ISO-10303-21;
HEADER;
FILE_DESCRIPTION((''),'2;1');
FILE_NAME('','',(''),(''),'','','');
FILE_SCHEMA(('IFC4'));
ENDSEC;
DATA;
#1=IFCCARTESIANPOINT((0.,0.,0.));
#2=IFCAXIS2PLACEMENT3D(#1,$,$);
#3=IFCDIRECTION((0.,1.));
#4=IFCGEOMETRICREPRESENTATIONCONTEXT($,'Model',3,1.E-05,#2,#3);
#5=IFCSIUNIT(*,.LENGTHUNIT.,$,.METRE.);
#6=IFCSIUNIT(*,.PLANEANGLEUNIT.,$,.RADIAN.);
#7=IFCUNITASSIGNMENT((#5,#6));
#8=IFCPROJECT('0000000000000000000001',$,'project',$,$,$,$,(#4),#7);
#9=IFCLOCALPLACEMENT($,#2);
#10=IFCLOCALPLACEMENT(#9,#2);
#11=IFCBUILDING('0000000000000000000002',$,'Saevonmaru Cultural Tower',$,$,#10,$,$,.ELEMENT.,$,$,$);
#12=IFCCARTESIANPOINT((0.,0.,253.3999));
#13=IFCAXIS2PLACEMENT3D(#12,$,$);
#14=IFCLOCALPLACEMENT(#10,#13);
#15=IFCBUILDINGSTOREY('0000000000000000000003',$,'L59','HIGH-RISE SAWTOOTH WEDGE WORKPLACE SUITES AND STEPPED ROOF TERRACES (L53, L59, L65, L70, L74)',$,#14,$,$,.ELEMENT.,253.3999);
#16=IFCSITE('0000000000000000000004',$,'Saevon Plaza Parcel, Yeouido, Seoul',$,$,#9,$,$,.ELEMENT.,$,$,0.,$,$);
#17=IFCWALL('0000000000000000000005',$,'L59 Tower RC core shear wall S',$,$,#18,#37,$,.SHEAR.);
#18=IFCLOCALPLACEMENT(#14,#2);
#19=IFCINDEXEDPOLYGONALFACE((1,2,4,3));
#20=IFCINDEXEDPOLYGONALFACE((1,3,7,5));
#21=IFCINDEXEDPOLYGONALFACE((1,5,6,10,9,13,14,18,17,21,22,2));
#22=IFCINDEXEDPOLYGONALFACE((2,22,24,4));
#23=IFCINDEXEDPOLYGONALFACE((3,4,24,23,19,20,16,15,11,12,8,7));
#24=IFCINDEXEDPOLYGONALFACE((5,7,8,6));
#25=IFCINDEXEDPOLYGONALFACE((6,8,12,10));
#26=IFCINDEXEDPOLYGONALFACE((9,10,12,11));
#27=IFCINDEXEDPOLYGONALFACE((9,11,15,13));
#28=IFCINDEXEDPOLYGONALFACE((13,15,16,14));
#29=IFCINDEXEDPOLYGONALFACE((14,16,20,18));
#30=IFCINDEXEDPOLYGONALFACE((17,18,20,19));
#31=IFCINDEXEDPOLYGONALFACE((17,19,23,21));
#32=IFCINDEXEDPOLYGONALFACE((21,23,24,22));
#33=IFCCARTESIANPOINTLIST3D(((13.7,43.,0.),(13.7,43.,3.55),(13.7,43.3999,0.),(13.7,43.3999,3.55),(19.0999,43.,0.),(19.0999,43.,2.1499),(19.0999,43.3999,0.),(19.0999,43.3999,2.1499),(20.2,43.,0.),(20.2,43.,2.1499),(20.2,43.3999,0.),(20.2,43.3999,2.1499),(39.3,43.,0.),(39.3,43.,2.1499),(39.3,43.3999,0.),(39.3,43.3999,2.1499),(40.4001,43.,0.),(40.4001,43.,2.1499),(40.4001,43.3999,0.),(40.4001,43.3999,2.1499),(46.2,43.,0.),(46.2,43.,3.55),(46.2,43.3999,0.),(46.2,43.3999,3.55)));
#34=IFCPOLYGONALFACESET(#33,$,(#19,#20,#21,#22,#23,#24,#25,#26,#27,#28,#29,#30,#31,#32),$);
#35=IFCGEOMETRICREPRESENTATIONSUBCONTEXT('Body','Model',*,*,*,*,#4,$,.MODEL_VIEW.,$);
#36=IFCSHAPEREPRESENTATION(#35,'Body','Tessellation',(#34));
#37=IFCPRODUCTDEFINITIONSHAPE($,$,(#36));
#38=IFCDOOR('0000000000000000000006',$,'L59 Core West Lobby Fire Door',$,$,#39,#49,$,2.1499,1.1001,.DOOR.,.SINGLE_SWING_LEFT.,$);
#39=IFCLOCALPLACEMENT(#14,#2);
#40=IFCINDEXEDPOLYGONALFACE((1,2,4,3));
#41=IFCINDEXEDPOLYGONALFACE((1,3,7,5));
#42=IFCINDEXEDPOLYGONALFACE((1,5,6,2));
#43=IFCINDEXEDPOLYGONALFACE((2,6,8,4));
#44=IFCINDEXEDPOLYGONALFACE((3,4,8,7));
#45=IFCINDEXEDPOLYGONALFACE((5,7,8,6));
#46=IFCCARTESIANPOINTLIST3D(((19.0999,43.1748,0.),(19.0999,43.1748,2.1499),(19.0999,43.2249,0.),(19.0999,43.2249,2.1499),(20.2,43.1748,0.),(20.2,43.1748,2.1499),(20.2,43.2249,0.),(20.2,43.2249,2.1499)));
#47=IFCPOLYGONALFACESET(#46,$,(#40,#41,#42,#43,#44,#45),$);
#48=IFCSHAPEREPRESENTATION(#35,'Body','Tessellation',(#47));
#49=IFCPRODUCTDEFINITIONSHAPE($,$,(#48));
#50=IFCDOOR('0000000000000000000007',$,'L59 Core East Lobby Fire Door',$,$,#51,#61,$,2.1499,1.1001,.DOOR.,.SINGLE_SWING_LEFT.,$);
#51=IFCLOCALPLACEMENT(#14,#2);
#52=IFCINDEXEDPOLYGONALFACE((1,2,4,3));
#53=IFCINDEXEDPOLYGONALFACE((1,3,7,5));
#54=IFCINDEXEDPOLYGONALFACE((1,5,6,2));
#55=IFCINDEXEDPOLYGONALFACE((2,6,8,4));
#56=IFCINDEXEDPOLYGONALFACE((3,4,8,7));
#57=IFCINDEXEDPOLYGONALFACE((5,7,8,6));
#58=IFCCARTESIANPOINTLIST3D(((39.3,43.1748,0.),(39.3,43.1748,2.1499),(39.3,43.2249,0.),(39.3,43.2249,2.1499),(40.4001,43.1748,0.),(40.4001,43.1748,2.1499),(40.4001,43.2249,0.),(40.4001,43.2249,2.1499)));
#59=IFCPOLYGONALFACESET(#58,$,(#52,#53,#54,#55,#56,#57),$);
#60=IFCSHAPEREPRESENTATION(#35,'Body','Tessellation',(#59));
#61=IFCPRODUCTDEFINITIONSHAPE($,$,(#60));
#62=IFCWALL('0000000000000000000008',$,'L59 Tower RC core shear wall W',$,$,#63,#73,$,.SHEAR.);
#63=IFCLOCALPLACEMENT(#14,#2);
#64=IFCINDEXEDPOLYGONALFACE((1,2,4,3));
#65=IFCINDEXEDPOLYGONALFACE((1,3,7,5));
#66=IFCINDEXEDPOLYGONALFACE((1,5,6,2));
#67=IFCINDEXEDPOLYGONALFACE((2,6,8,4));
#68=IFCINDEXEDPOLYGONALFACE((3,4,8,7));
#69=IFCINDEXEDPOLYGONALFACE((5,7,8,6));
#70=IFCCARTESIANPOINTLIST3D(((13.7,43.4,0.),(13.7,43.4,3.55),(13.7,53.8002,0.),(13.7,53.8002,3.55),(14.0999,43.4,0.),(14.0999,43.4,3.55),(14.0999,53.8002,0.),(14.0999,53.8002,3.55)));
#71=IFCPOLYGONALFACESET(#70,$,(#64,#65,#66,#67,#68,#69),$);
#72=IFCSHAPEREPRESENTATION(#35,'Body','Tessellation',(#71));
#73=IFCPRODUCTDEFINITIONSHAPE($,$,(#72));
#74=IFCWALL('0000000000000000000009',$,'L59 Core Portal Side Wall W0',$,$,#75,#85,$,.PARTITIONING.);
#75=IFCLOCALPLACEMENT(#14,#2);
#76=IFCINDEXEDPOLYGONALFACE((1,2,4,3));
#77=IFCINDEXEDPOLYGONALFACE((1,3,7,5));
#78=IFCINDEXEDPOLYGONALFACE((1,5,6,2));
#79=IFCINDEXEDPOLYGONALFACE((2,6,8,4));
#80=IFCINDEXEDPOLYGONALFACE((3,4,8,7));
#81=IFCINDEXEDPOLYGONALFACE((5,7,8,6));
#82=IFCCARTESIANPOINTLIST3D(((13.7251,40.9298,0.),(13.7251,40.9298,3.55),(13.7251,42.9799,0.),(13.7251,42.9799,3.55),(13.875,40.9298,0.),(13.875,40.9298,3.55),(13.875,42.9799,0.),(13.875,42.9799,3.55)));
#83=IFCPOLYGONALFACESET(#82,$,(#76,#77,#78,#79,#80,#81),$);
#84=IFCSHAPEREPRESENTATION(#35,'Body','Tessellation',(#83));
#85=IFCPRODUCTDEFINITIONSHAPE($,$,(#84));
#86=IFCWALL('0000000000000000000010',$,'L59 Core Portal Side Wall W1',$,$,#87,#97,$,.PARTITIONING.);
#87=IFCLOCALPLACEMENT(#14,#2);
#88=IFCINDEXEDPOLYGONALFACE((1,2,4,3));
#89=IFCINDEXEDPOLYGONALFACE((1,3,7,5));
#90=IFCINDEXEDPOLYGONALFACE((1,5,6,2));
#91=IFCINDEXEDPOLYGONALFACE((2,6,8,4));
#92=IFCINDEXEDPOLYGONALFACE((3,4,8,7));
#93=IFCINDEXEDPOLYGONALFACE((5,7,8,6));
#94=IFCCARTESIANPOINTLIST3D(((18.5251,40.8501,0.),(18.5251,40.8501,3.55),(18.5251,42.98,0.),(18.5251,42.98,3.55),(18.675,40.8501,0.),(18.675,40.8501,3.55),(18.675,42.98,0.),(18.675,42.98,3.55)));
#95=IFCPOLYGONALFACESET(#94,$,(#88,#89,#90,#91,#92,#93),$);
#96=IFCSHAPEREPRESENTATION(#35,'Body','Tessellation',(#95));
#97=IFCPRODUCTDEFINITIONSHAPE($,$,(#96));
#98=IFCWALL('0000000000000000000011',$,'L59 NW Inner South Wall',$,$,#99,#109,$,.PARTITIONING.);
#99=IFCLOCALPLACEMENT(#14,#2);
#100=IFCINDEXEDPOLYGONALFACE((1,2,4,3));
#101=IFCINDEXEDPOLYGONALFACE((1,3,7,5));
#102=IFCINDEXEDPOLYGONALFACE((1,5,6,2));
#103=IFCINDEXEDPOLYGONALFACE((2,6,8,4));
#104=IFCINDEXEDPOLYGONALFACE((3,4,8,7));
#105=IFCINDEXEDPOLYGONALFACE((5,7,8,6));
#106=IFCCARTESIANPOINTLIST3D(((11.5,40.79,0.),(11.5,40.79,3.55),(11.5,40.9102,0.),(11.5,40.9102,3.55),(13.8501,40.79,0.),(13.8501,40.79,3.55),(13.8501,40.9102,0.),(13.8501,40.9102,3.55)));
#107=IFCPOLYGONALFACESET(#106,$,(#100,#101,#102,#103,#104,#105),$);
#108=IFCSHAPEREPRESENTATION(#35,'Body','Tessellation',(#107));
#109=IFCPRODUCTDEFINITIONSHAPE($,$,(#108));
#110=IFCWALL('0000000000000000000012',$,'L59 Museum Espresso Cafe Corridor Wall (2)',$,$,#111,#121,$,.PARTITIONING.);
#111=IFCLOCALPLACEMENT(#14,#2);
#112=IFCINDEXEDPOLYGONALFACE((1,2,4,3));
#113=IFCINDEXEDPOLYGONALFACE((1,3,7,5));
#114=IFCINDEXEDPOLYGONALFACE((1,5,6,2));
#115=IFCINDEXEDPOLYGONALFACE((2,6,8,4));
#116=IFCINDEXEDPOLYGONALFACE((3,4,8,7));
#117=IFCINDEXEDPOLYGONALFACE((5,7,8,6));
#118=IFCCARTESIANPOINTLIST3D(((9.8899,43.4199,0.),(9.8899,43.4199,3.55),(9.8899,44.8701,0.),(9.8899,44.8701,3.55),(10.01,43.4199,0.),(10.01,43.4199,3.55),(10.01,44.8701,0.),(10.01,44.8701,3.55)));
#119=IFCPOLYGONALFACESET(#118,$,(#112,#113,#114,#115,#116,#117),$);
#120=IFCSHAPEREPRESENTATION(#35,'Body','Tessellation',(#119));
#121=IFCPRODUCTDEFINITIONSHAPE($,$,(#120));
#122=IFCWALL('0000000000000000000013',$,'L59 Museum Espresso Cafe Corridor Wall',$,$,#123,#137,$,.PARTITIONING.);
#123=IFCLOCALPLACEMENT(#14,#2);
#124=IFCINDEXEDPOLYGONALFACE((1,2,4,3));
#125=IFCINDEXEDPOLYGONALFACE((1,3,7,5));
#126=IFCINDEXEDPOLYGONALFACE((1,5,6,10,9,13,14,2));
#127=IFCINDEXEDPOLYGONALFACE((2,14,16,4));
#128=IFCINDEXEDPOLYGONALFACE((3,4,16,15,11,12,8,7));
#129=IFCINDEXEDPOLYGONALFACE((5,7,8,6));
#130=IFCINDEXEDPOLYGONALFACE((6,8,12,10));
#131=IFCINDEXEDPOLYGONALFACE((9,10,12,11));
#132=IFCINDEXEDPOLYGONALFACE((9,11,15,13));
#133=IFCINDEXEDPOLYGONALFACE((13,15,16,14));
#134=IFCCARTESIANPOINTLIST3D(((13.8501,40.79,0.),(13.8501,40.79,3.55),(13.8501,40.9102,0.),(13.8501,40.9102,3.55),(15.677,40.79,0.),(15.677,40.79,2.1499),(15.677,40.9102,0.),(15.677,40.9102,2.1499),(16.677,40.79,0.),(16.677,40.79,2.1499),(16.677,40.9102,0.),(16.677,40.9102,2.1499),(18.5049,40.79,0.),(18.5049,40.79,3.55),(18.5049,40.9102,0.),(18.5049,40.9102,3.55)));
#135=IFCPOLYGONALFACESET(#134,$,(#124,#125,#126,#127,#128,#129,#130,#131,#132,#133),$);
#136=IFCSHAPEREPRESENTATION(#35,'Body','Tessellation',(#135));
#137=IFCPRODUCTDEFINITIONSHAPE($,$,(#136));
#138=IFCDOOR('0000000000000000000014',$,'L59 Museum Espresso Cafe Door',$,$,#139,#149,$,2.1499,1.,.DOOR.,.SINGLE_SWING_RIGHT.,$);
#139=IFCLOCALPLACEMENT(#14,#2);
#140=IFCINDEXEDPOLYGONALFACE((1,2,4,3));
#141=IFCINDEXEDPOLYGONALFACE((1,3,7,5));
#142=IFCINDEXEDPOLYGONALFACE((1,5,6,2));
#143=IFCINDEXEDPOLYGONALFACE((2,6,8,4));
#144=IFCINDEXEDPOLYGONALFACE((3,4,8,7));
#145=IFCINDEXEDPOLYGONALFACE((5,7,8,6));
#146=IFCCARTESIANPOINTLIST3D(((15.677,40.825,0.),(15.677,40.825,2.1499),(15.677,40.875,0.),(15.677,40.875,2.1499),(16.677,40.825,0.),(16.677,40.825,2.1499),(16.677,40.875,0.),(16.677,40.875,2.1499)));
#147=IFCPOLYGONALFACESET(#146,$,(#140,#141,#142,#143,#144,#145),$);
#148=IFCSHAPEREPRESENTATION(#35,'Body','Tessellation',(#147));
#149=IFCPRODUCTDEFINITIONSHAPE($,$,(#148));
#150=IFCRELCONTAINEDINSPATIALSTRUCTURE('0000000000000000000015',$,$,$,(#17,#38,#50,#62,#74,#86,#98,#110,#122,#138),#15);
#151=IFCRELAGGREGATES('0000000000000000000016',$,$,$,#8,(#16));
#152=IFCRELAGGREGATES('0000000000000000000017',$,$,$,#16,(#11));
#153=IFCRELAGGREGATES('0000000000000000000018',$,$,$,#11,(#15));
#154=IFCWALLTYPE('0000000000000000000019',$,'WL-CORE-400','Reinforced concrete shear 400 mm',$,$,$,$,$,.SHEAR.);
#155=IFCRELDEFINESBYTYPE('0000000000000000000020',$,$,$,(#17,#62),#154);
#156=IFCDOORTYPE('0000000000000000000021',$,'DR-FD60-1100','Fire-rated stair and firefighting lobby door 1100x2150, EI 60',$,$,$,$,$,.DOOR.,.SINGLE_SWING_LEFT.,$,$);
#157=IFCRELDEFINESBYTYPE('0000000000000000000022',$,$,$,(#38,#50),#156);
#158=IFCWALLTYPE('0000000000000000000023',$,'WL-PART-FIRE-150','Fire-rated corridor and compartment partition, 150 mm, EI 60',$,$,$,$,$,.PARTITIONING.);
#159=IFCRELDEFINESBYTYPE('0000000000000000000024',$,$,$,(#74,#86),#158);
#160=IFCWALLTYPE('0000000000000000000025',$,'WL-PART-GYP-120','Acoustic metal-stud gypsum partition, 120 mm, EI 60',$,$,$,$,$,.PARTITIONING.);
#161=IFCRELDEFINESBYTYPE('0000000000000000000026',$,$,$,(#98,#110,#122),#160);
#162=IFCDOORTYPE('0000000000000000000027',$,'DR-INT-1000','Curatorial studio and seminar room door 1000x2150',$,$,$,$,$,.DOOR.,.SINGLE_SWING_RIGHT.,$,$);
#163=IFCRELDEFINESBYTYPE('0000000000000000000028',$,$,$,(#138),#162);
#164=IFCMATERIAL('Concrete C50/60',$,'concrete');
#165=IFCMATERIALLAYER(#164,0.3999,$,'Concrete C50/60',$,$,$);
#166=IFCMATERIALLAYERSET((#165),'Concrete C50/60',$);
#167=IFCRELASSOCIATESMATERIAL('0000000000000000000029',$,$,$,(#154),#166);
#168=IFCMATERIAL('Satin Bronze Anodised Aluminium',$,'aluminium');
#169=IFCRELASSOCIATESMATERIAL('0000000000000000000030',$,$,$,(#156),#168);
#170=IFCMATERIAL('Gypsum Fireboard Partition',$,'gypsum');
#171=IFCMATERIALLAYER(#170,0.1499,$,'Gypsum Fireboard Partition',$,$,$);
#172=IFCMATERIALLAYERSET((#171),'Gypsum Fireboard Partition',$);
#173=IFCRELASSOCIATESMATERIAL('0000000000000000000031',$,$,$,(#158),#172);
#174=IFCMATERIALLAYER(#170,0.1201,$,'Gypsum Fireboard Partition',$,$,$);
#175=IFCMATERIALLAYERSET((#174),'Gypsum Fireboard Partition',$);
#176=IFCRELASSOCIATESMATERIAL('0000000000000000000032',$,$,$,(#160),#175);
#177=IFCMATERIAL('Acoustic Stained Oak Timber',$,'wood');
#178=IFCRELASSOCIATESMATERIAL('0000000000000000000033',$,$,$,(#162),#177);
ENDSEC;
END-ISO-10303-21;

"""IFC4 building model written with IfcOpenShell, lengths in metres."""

from ifc_helpers import new_model, si_unit, direction, frame, frame_2d, origin, place, context, subcontext, project, spatial, rectangle, extrude, material, layer, layer_set, type_object, element, fill, save


model = new_model("IFC4")

# Units and contexts
model_context = context("Model", 3, precision=1e-05, world=origin(), true_north=direction((0.0, 1.0)))
body_context = subcontext(model_context, "Body", "Model", "MODEL_VIEW")
ifc_project = project(units=[si_unit("LENGTHUNIT", "METRE"), si_unit("PLANEANGLEUNIT", "RADIAN")], contexts=[model_context])

# Site, building, storey
site_placement = place(None, origin())
site = spatial("IfcSite", under=ifc_project, at=site_placement, Name="Saevon Plaza Parcel, Yeouido, Seoul", CompositionType="ELEMENT", RefElevation=0.0)
building_placement = place(site_placement, origin())
building = spatial("IfcBuilding", under=site, at=building_placement, Name="Saevonmaru Cultural Tower", CompositionType="ELEMENT")
storey_placement = place(building_placement, frame((0.0, 0.0, 253.3999)))
storey = spatial("IfcBuildingStorey", under=building, at=storey_placement, Name="L59", Description="HIGH-RISE SAWTOOTH WEDGE WORKPLACE SUITES AND STEPPED ROOF TERRACES (L53, L59, L65, L70, L74)", CompositionType="ELEMENT", Elevation=253.3999)

# Wall, openings, doors
ifc_material_1 = material(Name="Concrete C50/60", Category="concrete")
ifc_layer_1 = layer(ifc_material_1, 0.3999, Name="Concrete C50/60")
ifc_layer_set_1 = layer_set([ifc_layer_1], Name="Concrete C50/60")
wall_type_1 = type_object("IfcWallType", Name="WL-CORE-400", Description="Reinforced concrete shear 400 mm", PredefinedType="SHEAR", material=ifc_layer_set_1)
wall_1_placement = place(storey_placement, frame((13.7, 43.2, 0.0), z_axis=(0.0, 0.0, 1.0), x_axis=(1.0, 0.0, 0.0)))
wall_1 = element("IfcWall", 1, at=wall_1_placement, inside=storey, type_object=wall_type_1, Name="L59 Tower RC core shear wall S", PredefinedType="SHEAR", context=body_context, shape_type="SweptSolid", body=[
    extrude(rectangle(XDim=32.5, YDim=0.3999, at=frame_2d((16.25, 0.0))), origin(), (0.0, 0.0, 1.0), 3.55),
])
opening_1_placement = place(wall_1_placement, frame((5.3999, 0.0, 0.0)))
opening_1 = element("IfcOpeningElement", 2, at=opening_1_placement, cuts=wall_1, PredefinedType="OPENING", context=body_context, shape_type="SweptSolid", body=[
    extrude(rectangle(XDim=1.1001, YDim=2.1499, at=frame_2d((0.55, 1.075))), frame((0.0, 0.21, 0.0), z_axis=(0.0, -1.0, 0.0), x_axis=(1.0, 0.0, 0.0)), (0.0, 0.0, 1.0), 0.4199),
])
opening_2_placement = place(wall_1_placement, frame((25.6001, 0.0, 0.0)))
opening_2 = element("IfcOpeningElement", 3, at=opening_2_placement, cuts=wall_1, PredefinedType="OPENING", context=body_context, shape_type="SweptSolid", body=[
    extrude(rectangle(XDim=1.1001, YDim=2.1499, at=frame_2d((0.55, 1.075))), frame((0.0, 0.21, 0.0), z_axis=(0.0, -1.0, 0.0), x_axis=(1.0, 0.0, 0.0)), (0.0, 0.0, 1.0), 0.4199),
])
ifc_material_2 = material(Name="Satin Bronze Anodised Aluminium", Category="aluminium")
door_type_1 = type_object("IfcDoorType", Name="DR-FD60-1100", Description="Fire-rated stair and firefighting lobby door 1100x2150, EI 60", OperationType="SINGLE_SWING_LEFT", PredefinedType="DOOR", material=ifc_material_2)
door_1_placement = place(opening_1_placement, origin())
door_1 = element("IfcDoor", 4, at=door_1_placement, inside=storey, type_object=door_type_1, Name="L59 Core West Lobby Fire Door", OperationType="SINGLE_SWING_LEFT", OverallHeight=2.1499, OverallWidth=1.1001, PredefinedType="DOOR", context=body_context, shape_type="SweptSolid", body=[
    extrude(rectangle(XDim=1.1001, YDim=2.1499, at=frame_2d((0.55, 1.075))), frame((0.0, 0.0249, 0.0), z_axis=(0.0, -1.0, 0.0), x_axis=(1.0, 0.0, 0.0)), (0.0, 0.0, 1.0), 0.05),
])
fill(opening_1, door_1)
door_2_placement = place(opening_2_placement, origin())
door_2 = element("IfcDoor", 5, at=door_2_placement, inside=storey, type_object=door_type_1, Name="L59 Core East Lobby Fire Door", OperationType="SINGLE_SWING_LEFT", OverallHeight=2.1499, OverallWidth=1.1001, PredefinedType="DOOR", context=body_context, shape_type="SweptSolid", body=[
    extrude(rectangle(XDim=1.1001, YDim=2.1499, at=frame_2d((0.55, 1.075))), frame((0.0, 0.0249, 0.0), z_axis=(0.0, -1.0, 0.0), x_axis=(1.0, 0.0, 0.0)), (0.0, 0.0, 1.0), 0.05),
])
fill(opening_2, door_2)

# Walls
wall_2_placement = place(storey_placement, frame((13.8999, 43.3999, 0.0), z_axis=(0.0, 0.0, 1.0), x_axis=(0.0, 1.0, 0.0)))
element("IfcWall", 6, at=wall_2_placement, inside=storey, type_object=wall_type_1, Name="L59 Tower RC core shear wall W", PredefinedType="SHEAR", context=body_context, shape_type="SweptSolid", body=[
    extrude(rectangle(XDim=10.4001, YDim=0.3999, at=frame_2d((5.2002, 0.0))), origin(), (0.0, 0.0, 1.0), 3.55),
])
ifc_material_3 = material(Name="Gypsum Fireboard Partition", Category="gypsum")
ifc_layer_2 = layer(ifc_material_3, 0.1499, Name="Gypsum Fireboard Partition")
ifc_layer_set_2 = layer_set([ifc_layer_2], Name="Gypsum Fireboard Partition")
wall_type_2 = type_object("IfcWallType", Name="WL-PART-FIRE-150", Description="Fire-rated corridor and compartment partition, 150 mm, EI 60", PredefinedType="PARTITIONING", material=ifc_layer_set_2)
wall_3_placement = place(storey_placement, frame((13.8, 40.9299, 0.0), z_axis=(0.0, 0.0, 1.0), x_axis=(0.0, 1.0, 0.0)))
element("IfcWall", 7, at=wall_3_placement, inside=storey, type_object=wall_type_2, Name="L59 Core Portal Side Wall W0", PredefinedType="PARTITIONING", context=body_context, shape_type="SweptSolid", body=[
    extrude(rectangle(XDim=2.05, YDim=0.1499, at=frame_2d((1.0249, 0.0))), origin(), (0.0, 0.0, 1.0), 3.55),
])
wall_4_placement = place(storey_placement, frame((18.6001, 40.8501, 0.0), z_axis=(0.0, 0.0, 1.0), x_axis=(0.0, 1.0, 0.0)))
element("IfcWall", 8, at=wall_4_placement, inside=storey, type_object=wall_type_2, Name="L59 Core Portal Side Wall W1", PredefinedType="PARTITIONING", context=body_context, shape_type="SweptSolid", body=[
    extrude(rectangle(XDim=2.1299, YDim=0.1499, at=frame_2d((1.0649, 0.0))), origin(), (0.0, 0.0, 1.0), 3.55),
])
ifc_layer_3 = layer(ifc_material_3, 0.1201, Name="Gypsum Fireboard Partition")
ifc_layer_set_3 = layer_set([ifc_layer_3], Name="Gypsum Fireboard Partition")
wall_type_3 = type_object("IfcWallType", Name="WL-PART-GYP-120", Description="Acoustic metal-stud gypsum partition, 120 mm, EI 60", PredefinedType="PARTITIONING", material=ifc_layer_set_3)
wall_5_placement = place(storey_placement, frame((11.5, 40.8501, 0.0), z_axis=(0.0, 0.0, 1.0), x_axis=(1.0, 0.0, 0.0)))
element("IfcWall", 9, at=wall_5_placement, inside=storey, type_object=wall_type_3, Name="L59 NW Inner South Wall", PredefinedType="PARTITIONING", context=body_context, shape_type="SweptSolid", body=[
    extrude(rectangle(XDim=2.3501, YDim=0.1201, at=frame_2d((1.175, 0.0))), origin(), (0.0, 0.0, 1.0), 3.55),
])

# Shared definitions
ifc_material_4 = material(Name="Acoustic Stained Oak Timber", Category="wood")
door_type_2 = type_object("IfcDoorType", Name="DR-INT-1000", Description="Curatorial studio and seminar room door 1000x2150", OperationType="SINGLE_SWING_RIGHT", PredefinedType="DOOR", material=ifc_material_4)

# Wall
wall_6_placement = place(storey_placement, frame((9.95, 43.4199, 0.0), z_axis=(0.0, 0.0, 1.0), x_axis=(0.0, 1.0, 0.0)))
element("IfcWall", 10, at=wall_6_placement, inside=storey, type_object=wall_type_3, Name="L59 Museum Espresso Cafe Corridor Wall (2)", PredefinedType="PARTITIONING", context=body_context, shape_type="SweptSolid", body=[
    extrude(rectangle(XDim=1.4502, YDim=0.1201, at=frame_2d((0.7251, 0.0))), origin(), (0.0, 0.0, 1.0), 3.55),
])

# Wall, opening, door
wall_7_placement = place(storey_placement, frame((13.8501, 40.8501, 0.0), z_axis=(0.0, 0.0, 1.0), x_axis=(1.0, 0.0, 0.0)))
wall_7 = element("IfcWall", 11, at=wall_7_placement, inside=storey, type_object=wall_type_3, Name="L59 Museum Espresso Cafe Corridor Wall", PredefinedType="PARTITIONING", context=body_context, shape_type="SweptSolid", body=[
    extrude(rectangle(XDim=4.6548, YDim=0.1201, at=frame_2d((2.3274, 0.0))), origin(), (0.0, 0.0, 1.0), 3.55),
])
opening_3_placement = place(wall_7_placement, frame((1.8269, 0.0, 0.0)))
opening_3 = element("IfcOpeningElement", 12, at=opening_3_placement, cuts=wall_7, PredefinedType="OPENING", context=body_context, shape_type="SweptSolid", body=[
    extrude(rectangle(XDim=1.0, YDim=2.1499, at=frame_2d((0.5, 1.075))), frame((0.0, 0.0701, 0.0), z_axis=(0.0, -1.0, 0.0), x_axis=(1.0, 0.0, 0.0)), (0.0, 0.0, 1.0), 0.1401),
])
door_3_placement = place(opening_3_placement, origin())
door_3 = element("IfcDoor", 13, at=door_3_placement, inside=storey, type_object=door_type_2, Name="L59 Museum Espresso Cafe Door", OperationType="SINGLE_SWING_RIGHT", OverallHeight=2.1499, OverallWidth=1.0, PredefinedType="DOOR", context=body_context, shape_type="SweptSolid", body=[
    extrude(rectangle(XDim=1.0, YDim=2.1499, at=frame_2d((0.5, 1.075))), frame((0.0, 0.0249, 0.0), z_axis=(0.0, -1.0, 0.0), x_axis=(1.0, 0.0, 0.0)), (0.0, 0.0, 1.0), 0.05),
])
fill(opening_3, door_3)

save(model, "model.ifc")
